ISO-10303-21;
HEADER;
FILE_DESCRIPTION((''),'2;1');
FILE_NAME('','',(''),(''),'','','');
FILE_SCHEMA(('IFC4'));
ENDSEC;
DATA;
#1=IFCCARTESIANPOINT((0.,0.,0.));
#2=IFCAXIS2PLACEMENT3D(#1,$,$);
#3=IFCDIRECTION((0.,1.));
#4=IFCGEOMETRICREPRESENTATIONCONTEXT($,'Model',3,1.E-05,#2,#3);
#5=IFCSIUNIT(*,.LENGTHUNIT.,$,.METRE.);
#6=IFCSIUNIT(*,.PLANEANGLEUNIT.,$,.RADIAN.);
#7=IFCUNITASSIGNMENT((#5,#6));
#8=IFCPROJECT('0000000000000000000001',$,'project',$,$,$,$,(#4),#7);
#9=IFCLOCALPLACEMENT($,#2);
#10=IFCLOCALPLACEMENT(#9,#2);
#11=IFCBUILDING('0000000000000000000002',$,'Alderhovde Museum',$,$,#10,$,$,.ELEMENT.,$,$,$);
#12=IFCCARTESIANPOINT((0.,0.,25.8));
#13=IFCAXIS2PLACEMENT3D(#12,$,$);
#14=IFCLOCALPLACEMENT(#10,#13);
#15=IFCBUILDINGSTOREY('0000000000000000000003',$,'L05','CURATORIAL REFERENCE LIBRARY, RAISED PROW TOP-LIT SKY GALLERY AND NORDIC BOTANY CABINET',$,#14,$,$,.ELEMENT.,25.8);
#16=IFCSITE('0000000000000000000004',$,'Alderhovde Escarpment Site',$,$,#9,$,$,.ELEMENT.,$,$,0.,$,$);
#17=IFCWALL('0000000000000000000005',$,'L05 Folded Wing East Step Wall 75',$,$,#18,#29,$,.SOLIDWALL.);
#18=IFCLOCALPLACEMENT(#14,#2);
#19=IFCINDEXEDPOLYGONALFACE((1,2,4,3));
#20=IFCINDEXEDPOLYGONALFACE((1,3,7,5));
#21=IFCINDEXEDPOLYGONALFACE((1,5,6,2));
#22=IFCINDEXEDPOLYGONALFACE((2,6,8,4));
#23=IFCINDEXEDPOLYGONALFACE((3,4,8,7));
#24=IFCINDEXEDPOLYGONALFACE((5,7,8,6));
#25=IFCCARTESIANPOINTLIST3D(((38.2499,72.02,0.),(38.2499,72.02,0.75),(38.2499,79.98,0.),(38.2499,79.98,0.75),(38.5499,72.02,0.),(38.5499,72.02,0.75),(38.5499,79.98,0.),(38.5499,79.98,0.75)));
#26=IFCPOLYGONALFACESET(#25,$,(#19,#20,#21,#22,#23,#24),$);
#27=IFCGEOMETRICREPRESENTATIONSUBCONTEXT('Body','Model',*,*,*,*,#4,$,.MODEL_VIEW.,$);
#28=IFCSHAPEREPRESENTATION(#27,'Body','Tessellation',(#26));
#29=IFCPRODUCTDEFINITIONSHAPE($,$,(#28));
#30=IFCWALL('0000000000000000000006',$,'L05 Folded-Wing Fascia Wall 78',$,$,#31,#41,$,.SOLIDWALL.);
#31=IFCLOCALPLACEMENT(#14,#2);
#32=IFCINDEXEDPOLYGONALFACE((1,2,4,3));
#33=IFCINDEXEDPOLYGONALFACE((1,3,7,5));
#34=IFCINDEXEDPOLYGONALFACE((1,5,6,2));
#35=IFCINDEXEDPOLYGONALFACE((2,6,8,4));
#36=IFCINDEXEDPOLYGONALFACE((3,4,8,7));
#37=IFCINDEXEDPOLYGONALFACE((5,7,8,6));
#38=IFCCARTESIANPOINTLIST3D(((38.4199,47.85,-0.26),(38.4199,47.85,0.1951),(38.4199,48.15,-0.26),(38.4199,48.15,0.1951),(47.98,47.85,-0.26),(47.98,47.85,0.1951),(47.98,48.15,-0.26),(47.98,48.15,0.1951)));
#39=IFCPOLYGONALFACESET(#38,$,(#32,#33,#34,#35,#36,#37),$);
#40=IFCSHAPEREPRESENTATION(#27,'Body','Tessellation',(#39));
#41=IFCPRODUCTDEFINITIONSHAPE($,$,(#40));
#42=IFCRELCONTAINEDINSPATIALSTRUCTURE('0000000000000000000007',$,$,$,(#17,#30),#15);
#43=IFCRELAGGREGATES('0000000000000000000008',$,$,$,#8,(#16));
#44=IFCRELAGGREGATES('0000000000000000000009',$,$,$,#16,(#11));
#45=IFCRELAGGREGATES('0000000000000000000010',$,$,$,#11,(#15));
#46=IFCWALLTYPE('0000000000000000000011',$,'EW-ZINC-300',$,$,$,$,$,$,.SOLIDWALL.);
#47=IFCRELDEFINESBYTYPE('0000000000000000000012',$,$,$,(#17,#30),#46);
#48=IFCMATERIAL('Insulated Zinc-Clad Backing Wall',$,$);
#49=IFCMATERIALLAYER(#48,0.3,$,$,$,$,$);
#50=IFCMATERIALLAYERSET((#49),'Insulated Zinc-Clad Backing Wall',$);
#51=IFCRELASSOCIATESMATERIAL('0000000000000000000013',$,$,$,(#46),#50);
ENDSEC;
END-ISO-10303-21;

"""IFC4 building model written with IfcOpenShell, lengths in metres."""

from ifc_helpers import new_model, si_unit, direction, frame, frame_2d, origin, place, context, subcontext, project, spatial, rectangle, extrude, material, layer, layer_set, type_object, element, save


model = new_model("IFC4")

# Units and contexts
model_context = context("Model", 3, precision=1e-05, world=origin(), true_north=direction((0.0, 1.0)))
body_context = subcontext(model_context, "Body", "Model", "MODEL_VIEW")
ifc_project = project(units=[si_unit("LENGTHUNIT", "METRE"), si_unit("PLANEANGLEUNIT", "RADIAN")], contexts=[model_context])

# Site, building, storey
site_placement = place(None, origin())
site = spatial("IfcSite", under=ifc_project, at=site_placement, Name="Alderhovde Escarpment Site", CompositionType="ELEMENT", RefElevation=0.0)
building_placement = place(site_placement, origin())
building = spatial("IfcBuilding", under=site, at=building_placement, Name="Alderhovde Museum", CompositionType="ELEMENT")
storey_placement = place(building_placement, frame((0.0, 0.0, 25.8)))
storey = spatial("IfcBuildingStorey", under=building, at=storey_placement, Name="L05", Description="CURATORIAL REFERENCE LIBRARY, RAISED PROW TOP-LIT SKY GALLERY AND NORDIC BOTANY CABINET", CompositionType="ELEMENT", Elevation=25.8)

# Walls
ifc_material_1 = material(Name="Insulated Zinc-Clad Backing Wall")
ifc_layer_1 = layer(ifc_material_1, 0.3)
ifc_layer_set_1 = layer_set([ifc_layer_1], Name="Insulated Zinc-Clad Backing Wall")
wall_type_1 = type_object("IfcWallType", Name="EW-ZINC-300", PredefinedType="SOLIDWALL", material=ifc_layer_set_1)
for number, where, z_axis, x_axis, name in (
    (1, (38.3999, 72.02, 0.0), (0.0, 0.0, 1.0), (0.0, 1.0, 0.0), "L05 Folded Wing East Step Wall 75"),
):
    element("IfcWall", number, at=place(storey_placement, frame(where, z_axis=z_axis, x_axis=x_axis)), inside=storey, type_object=wall_type_1, Name=name, PredefinedType="SOLIDWALL", context=body_context, shape_type="SweptSolid", body=[
        extrude(rectangle(XDim=7.96, YDim=0.3, at=frame_2d((3.98, 0.0))), origin(), (0.0, 0.0, 1.0), 0.75),
    ])
wall_placement = place(storey_placement, frame((38.4199, 48.0, -0.26), z_axis=(0.0, 0.0, 1.0), x_axis=(1.0, 0.0, 0.0)))
element("IfcWall", 2, at=wall_placement, inside=storey, type_object=wall_type_1, Name="L05 Folded-Wing Fascia Wall 78", PredefinedType="SOLIDWALL", context=body_context, shape_type="SweptSolid", body=[
    extrude(rectangle(XDim=9.5601, YDim=0.3, at=frame_2d((4.78, 0.0))), origin(), (0.0, 0.0, 1.0), 0.4551),
])

save(model, "model.ifc")
